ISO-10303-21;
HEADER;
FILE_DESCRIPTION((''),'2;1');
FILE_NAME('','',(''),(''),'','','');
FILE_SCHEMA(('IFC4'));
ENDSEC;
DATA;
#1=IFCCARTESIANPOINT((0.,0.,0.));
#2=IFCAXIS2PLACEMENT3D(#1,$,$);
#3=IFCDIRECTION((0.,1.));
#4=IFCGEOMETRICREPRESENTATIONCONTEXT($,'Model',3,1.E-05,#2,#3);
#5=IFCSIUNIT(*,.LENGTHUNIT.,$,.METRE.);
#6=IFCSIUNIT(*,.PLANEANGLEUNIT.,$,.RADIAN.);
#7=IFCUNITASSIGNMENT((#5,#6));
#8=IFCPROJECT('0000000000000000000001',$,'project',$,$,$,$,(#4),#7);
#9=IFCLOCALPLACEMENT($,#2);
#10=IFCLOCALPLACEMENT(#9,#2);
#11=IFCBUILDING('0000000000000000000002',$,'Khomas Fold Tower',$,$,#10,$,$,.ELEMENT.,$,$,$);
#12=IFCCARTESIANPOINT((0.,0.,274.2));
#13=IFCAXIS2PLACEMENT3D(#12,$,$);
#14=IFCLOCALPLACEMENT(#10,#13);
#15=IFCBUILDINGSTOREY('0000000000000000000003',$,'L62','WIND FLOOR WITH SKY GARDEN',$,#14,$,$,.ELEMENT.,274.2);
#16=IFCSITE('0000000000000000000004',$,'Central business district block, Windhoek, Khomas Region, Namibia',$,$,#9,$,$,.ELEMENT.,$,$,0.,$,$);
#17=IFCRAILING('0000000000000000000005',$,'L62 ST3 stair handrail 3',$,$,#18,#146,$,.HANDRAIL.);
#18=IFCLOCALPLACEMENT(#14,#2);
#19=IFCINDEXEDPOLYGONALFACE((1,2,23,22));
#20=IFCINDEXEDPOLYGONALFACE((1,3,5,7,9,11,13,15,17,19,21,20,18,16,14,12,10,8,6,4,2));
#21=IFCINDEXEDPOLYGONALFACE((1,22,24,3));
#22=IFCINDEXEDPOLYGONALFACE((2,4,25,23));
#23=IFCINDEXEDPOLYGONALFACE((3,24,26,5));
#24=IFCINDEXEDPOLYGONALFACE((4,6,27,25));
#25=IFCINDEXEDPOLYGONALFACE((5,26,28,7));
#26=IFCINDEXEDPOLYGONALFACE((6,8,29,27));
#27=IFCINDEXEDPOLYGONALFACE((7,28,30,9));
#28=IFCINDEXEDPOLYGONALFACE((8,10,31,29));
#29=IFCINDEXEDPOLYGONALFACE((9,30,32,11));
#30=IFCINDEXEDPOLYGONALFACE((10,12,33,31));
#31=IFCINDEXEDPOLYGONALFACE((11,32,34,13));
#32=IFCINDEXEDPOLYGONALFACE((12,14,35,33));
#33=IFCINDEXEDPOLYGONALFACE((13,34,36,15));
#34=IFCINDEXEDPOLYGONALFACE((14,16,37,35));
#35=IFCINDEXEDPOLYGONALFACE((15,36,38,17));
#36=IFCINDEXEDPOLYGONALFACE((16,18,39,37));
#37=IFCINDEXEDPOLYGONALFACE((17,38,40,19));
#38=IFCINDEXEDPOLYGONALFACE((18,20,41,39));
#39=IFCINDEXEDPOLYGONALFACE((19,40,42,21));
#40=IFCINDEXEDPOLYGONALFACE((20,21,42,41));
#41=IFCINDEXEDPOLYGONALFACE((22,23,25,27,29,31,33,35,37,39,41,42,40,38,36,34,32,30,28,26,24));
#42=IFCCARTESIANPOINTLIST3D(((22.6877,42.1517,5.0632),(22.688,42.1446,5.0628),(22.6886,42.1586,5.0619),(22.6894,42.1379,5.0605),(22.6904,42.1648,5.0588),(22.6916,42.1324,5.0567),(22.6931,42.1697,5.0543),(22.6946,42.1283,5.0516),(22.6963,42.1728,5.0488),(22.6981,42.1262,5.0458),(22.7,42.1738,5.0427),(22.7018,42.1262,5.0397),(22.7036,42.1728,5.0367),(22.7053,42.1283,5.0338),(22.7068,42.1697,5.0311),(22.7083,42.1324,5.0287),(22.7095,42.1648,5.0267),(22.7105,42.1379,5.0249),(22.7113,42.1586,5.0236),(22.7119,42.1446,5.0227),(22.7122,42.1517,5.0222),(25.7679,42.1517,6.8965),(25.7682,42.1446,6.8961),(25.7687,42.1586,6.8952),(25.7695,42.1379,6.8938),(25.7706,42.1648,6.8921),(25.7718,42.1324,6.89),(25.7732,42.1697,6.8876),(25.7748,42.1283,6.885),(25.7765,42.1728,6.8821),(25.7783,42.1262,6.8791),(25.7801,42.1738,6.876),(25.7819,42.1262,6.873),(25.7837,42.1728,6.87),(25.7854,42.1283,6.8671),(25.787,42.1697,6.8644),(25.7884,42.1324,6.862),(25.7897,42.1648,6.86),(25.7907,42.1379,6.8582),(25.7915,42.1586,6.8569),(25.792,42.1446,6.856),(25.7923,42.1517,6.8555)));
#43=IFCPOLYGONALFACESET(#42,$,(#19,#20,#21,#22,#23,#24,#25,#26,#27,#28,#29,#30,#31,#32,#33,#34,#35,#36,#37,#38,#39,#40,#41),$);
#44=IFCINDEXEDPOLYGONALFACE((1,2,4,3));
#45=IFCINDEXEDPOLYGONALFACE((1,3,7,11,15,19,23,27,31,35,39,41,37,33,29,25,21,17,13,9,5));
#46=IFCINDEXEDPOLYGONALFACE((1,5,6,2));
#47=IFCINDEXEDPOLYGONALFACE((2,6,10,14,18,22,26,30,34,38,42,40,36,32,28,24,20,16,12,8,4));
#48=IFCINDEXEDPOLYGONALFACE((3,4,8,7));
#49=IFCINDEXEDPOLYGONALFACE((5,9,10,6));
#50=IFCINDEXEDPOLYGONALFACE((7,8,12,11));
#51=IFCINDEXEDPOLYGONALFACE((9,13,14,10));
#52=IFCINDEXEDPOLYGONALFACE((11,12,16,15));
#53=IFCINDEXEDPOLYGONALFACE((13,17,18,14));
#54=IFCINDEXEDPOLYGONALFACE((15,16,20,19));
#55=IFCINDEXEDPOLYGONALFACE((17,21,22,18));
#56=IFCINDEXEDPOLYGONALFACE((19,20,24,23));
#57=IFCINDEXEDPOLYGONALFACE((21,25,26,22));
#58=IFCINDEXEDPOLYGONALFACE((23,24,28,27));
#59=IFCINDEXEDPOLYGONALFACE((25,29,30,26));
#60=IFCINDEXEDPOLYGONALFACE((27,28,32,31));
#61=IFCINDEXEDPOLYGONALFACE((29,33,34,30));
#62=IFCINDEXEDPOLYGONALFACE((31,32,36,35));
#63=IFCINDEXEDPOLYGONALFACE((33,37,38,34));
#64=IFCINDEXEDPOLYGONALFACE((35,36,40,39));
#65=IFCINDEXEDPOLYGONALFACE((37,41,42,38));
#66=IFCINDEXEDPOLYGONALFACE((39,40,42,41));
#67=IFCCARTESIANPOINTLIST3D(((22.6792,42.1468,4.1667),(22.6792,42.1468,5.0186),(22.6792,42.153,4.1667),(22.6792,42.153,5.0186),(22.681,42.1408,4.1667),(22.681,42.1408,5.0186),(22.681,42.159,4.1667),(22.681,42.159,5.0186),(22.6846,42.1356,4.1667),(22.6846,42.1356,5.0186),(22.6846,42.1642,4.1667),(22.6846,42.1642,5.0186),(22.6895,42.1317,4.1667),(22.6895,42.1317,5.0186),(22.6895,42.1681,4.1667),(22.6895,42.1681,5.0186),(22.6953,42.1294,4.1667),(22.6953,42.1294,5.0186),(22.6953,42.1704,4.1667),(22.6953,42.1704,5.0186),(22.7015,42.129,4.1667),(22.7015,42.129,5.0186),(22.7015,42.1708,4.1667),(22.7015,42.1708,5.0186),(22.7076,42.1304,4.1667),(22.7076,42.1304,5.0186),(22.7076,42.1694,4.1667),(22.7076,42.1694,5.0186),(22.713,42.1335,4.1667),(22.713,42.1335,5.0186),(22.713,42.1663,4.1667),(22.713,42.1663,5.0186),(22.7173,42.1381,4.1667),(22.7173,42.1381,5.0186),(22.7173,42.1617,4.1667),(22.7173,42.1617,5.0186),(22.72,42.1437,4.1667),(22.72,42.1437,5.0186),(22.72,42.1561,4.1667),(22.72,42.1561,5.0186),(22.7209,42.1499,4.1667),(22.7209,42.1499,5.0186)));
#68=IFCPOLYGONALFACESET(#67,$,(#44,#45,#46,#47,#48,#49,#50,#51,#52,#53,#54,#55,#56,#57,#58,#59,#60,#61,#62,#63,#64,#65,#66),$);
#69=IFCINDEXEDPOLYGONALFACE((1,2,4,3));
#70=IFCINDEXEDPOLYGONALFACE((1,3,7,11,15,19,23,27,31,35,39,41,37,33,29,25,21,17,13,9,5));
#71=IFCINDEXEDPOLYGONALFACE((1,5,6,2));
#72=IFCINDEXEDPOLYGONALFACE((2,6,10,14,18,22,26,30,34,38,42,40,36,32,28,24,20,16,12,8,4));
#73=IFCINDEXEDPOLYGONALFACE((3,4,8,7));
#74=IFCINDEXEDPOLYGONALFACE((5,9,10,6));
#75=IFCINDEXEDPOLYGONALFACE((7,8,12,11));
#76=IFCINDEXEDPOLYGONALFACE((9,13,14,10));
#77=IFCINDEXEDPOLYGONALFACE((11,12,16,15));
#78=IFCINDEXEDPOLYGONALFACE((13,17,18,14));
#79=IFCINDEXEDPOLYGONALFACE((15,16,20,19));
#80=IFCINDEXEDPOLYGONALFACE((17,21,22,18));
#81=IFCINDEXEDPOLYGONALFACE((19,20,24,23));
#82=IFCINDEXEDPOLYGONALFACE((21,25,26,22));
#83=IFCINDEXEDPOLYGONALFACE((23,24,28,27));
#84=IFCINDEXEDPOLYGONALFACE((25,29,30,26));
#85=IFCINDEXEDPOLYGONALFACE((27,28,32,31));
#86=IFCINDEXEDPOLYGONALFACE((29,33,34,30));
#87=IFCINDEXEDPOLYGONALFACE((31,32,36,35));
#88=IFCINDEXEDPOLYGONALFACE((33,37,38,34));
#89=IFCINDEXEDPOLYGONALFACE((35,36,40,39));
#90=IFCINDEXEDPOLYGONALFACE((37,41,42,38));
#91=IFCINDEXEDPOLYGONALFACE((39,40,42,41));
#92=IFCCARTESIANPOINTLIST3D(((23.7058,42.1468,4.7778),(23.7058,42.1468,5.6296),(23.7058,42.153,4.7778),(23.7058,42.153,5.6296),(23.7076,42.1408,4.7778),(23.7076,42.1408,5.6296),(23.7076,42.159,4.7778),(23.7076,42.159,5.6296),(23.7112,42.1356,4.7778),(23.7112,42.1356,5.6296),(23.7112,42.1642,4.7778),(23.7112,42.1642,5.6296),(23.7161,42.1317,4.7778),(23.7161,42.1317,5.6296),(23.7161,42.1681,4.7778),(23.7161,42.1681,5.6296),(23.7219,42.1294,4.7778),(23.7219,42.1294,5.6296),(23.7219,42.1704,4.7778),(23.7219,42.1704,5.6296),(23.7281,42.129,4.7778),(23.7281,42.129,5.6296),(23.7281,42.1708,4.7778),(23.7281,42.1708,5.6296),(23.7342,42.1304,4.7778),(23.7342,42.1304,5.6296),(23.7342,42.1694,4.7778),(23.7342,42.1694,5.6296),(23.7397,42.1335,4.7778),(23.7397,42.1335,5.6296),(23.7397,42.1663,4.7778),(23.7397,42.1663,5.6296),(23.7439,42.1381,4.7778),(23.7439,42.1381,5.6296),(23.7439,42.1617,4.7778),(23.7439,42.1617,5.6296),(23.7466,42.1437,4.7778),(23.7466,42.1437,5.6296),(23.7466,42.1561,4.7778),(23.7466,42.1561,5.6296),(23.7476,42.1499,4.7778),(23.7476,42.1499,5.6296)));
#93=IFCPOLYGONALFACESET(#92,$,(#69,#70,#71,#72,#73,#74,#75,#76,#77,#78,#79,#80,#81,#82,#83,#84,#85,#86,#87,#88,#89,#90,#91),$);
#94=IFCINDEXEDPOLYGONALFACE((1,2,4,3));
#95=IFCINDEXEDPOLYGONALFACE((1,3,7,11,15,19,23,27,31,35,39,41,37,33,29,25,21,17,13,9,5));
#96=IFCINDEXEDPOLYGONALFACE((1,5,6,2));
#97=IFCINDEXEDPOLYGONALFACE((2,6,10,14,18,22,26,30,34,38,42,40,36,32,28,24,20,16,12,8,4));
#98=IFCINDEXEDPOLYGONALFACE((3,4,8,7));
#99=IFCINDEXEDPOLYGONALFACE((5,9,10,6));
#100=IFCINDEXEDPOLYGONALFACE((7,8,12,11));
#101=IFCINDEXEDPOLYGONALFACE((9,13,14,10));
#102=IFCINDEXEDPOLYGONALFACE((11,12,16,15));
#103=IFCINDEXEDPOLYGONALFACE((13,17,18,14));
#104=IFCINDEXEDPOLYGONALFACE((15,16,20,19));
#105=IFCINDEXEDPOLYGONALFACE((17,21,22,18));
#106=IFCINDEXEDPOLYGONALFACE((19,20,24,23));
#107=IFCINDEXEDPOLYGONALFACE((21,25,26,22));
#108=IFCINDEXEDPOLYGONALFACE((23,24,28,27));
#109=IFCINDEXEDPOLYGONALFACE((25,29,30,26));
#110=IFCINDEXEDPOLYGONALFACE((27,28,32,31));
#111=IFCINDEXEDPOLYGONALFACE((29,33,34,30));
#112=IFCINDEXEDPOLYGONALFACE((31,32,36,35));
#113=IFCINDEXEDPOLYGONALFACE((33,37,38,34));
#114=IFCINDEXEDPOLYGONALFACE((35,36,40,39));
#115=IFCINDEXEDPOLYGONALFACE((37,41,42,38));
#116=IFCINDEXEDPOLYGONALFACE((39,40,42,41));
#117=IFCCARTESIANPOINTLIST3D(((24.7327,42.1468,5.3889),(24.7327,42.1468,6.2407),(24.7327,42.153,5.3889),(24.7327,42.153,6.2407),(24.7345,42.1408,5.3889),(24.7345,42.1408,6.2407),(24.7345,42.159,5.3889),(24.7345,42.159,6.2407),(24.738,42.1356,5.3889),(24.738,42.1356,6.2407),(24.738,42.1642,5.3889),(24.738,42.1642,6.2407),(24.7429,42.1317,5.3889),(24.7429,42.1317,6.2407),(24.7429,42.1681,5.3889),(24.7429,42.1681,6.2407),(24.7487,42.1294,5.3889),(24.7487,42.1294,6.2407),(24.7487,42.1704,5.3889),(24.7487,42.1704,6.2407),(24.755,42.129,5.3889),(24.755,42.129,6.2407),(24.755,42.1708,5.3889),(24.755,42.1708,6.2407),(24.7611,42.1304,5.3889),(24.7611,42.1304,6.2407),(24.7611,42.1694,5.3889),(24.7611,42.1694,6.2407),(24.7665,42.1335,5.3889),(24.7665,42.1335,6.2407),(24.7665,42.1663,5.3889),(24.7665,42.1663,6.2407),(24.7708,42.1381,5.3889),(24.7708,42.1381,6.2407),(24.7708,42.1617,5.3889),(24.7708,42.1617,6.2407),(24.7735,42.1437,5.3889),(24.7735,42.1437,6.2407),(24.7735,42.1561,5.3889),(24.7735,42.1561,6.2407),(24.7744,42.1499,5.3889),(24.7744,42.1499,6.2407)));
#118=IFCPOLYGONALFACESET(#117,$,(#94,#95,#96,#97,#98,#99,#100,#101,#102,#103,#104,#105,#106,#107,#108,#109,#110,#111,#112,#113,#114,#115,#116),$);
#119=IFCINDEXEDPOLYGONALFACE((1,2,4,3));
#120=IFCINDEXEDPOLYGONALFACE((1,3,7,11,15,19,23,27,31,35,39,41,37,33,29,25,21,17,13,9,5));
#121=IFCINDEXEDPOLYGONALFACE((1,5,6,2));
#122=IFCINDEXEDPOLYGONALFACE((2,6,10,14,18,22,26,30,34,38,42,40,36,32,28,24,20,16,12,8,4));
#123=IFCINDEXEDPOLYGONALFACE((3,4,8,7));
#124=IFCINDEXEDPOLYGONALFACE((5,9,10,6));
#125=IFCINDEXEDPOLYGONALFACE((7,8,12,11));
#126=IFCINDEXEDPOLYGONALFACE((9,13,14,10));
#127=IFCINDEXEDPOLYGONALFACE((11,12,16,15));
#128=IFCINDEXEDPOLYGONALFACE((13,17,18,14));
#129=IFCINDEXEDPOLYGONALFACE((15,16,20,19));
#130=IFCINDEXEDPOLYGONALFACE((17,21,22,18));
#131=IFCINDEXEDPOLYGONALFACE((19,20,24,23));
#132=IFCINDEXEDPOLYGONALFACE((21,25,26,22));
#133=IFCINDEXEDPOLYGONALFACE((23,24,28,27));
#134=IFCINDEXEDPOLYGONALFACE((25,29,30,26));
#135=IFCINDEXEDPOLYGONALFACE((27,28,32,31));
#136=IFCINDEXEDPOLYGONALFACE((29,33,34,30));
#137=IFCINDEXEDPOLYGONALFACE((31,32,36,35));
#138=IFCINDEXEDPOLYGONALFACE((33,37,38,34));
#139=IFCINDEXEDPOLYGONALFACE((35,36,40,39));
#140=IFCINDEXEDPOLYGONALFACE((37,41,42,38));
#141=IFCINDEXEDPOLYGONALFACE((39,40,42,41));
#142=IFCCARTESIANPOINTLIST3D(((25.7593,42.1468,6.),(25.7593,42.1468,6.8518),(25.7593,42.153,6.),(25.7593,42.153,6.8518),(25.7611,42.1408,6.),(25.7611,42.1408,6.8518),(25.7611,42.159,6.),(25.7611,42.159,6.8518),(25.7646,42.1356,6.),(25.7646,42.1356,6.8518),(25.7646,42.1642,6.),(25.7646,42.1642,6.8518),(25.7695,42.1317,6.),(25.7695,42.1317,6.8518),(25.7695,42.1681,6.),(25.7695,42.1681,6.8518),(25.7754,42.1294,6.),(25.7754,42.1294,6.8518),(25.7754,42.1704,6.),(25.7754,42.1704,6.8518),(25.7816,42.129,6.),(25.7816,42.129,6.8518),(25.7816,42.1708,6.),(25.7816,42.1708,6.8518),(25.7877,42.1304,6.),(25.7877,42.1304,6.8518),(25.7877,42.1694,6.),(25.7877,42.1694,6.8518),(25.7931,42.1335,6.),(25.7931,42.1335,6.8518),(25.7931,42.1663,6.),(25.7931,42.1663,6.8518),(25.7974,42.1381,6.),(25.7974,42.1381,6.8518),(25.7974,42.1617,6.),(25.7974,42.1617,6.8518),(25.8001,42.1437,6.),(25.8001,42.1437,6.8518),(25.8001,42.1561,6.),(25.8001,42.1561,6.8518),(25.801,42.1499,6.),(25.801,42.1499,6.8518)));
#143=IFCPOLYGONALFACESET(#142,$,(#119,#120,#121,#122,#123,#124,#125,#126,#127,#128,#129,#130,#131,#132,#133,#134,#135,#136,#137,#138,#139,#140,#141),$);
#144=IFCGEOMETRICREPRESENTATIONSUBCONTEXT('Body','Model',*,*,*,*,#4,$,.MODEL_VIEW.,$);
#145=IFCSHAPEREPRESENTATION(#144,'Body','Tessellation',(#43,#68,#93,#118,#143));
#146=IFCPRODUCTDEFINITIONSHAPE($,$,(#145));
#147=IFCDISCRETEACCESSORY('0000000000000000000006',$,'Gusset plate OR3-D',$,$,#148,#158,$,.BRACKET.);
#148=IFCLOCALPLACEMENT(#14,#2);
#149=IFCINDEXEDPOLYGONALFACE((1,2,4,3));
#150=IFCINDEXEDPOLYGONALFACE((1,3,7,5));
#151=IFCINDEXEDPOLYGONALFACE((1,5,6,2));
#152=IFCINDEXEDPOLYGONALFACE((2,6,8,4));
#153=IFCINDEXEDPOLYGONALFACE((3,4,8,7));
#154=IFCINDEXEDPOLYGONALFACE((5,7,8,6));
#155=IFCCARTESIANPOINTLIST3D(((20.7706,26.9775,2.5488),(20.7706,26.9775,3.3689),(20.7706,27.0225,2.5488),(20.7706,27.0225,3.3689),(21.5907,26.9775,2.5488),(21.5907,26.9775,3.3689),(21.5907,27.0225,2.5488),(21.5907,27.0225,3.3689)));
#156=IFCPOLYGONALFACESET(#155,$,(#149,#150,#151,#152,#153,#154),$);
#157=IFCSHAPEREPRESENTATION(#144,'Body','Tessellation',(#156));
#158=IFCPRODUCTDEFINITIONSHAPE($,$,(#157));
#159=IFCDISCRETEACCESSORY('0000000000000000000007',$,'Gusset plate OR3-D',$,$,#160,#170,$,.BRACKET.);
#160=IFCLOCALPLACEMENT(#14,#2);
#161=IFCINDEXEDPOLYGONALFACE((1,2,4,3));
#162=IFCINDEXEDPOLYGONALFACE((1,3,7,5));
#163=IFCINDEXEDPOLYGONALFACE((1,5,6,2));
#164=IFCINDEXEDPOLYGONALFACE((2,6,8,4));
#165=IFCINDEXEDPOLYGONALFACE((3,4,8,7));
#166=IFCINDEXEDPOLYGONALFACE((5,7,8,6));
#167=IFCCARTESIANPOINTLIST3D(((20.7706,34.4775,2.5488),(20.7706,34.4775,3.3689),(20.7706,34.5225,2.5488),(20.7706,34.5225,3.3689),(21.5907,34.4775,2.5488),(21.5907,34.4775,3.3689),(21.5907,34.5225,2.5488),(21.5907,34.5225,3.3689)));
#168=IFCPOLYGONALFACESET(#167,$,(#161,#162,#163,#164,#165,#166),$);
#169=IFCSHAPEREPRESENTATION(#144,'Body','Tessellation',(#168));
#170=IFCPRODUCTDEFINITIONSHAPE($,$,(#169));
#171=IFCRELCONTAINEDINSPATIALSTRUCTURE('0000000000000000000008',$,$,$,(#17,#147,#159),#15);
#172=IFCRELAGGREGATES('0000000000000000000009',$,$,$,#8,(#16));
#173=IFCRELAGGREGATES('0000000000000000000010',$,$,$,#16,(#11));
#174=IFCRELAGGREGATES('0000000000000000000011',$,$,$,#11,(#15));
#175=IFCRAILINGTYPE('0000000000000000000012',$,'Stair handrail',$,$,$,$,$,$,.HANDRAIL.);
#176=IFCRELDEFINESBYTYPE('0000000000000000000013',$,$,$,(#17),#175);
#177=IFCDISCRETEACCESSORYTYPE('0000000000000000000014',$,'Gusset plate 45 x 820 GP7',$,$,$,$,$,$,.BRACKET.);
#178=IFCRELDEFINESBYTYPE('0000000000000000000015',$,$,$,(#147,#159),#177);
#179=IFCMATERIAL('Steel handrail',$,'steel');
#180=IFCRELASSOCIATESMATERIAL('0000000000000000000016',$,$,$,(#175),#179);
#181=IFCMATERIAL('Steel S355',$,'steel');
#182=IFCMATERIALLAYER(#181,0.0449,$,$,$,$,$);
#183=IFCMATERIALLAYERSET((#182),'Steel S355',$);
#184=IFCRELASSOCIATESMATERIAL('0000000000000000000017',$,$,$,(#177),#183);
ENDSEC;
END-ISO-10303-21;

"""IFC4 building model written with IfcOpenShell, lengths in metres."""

from ifc_helpers import new_model, si_unit, direction, frame, origin, origin_2d, place, context, subcontext, project, spatial, rectangle, circle, extrude, source, transform, mapped, material, layer, layer_set, type_object, element, save


model = new_model("IFC4")

# Units and contexts
model_context = context("Model", 3, precision=1e-05, world=origin(), true_north=direction((0.0, 1.0)))
body_context = subcontext(model_context, "Body", "Model", "MODEL_VIEW")
ifc_project = project(units=[si_unit("LENGTHUNIT", "METRE"), si_unit("PLANEANGLEUNIT", "RADIAN")], contexts=[model_context])

# Site, building, storey
site_placement = place(None, origin())
site = spatial("IfcSite", under=ifc_project, at=site_placement, Name="Central business district block, Windhoek, Khomas Region, Namibia", CompositionType="ELEMENT", RefElevation=0.0)
building_placement = place(site_placement, origin())
building = spatial("IfcBuilding", under=site, at=building_placement, Name="Khomas Fold Tower", CompositionType="ELEMENT")
storey_placement = place(building_placement, frame((0.0, 0.0, 274.2)))
storey = spatial("IfcBuildingStorey", under=building, at=storey_placement, Name="L62", Description="WIND FLOOR WITH SKY GARDEN", CompositionType="ELEMENT", Elevation=274.2)

# Railing
ifc_material_1 = material(Name="Steel handrail", Category="steel")
railing_type = type_object("IfcRailingType", Name="Stair handrail", PredefinedType="HANDRAIL", material=ifc_material_1)
shared_shape_1 = source(origin(), body_context, "Body", "SweptSolid", [
    extrude(circle(Radius=0.0239, at=origin_2d()), frame((0.0, 0.0, 0.876), z_axis=(0.859309, 0.0, 0.511458), x_axis=(0.0, 1.0, 0.0)), (0.0, 0.0, 1.0), 3.5845),
    extrude(circle(Radius=0.021, at=origin_2d()), origin(), (0.0, 0.0, 1.0), 0.8518),
    extrude(circle(Radius=0.021, at=origin_2d()), frame((1.0266, 0.0, 0.6111)), (0.0, 0.0, 1.0), 0.8518),
    extrude(circle(Radius=0.021, at=origin_2d()), frame((2.0535, 0.0, 1.2222)), (0.0, 0.0, 1.0), 0.8518),
    extrude(circle(Radius=0.021, at=origin_2d()), frame((3.0801, 0.0, 1.8333)), (0.0, 0.0, 1.0), 0.8518),
])
for number, where, name in (
    (1, (22.7, 42.1499, 4.1667), "L62 ST3 stair handrail 3"),
):
    element("IfcRailing", number, at=place(storey_placement, frame(where)), inside=storey, type_object=railing_type, Name=name, PredefinedType="HANDRAIL", context=body_context, shape_type="MappedRepresentation", body=[
        mapped(shared_shape_1, transform((0.0, 0.0, 0.0))),
    ])

# Discrete accessories
ifc_material_2 = material(Name="Steel S355", Category="steel")
ifc_layer_1 = layer(ifc_material_2, 0.0449)
ifc_layer_set_1 = layer_set([ifc_layer_1], Name="Steel S355")
discrete_accessory_type = type_object("IfcDiscreteAccessoryType", Name="Gusset plate 45 x 820 GP7", PredefinedType="BRACKET", material=ifc_layer_set_1)
shared_shape_2 = source(origin(), body_context, "Body", "SweptSolid", [
    extrude(rectangle(XDim=0.8201, YDim=0.0449, at=origin_2d()), origin(), (0.0, 0.0, 1.0), 0.8201),
])
for number, where, z_axis, x_axis, name in (
    (2, (21.1807, 27.0, 2.5488), (0.0, 0.0, 1.0), (1.0, 0.0, 0.0), "Gusset plate OR3-D"),
    (3, (21.1807, 34.5, 2.5488), (0.0, 0.0, 1.0), (1.0, 0.0, 0.0), "Gusset plate OR3-D"),
):
    element("IfcDiscreteAccessory", number, at=place(storey_placement, frame(where, z_axis=z_axis, x_axis=x_axis)), inside=storey, type_object=discrete_accessory_type, Name=name, PredefinedType="BRACKET", context=body_context, shape_type="MappedRepresentation", body=[
        mapped(shared_shape_2, transform((0.0, 0.0, 0.0))),
    ])

save(model, "model.ifc")
